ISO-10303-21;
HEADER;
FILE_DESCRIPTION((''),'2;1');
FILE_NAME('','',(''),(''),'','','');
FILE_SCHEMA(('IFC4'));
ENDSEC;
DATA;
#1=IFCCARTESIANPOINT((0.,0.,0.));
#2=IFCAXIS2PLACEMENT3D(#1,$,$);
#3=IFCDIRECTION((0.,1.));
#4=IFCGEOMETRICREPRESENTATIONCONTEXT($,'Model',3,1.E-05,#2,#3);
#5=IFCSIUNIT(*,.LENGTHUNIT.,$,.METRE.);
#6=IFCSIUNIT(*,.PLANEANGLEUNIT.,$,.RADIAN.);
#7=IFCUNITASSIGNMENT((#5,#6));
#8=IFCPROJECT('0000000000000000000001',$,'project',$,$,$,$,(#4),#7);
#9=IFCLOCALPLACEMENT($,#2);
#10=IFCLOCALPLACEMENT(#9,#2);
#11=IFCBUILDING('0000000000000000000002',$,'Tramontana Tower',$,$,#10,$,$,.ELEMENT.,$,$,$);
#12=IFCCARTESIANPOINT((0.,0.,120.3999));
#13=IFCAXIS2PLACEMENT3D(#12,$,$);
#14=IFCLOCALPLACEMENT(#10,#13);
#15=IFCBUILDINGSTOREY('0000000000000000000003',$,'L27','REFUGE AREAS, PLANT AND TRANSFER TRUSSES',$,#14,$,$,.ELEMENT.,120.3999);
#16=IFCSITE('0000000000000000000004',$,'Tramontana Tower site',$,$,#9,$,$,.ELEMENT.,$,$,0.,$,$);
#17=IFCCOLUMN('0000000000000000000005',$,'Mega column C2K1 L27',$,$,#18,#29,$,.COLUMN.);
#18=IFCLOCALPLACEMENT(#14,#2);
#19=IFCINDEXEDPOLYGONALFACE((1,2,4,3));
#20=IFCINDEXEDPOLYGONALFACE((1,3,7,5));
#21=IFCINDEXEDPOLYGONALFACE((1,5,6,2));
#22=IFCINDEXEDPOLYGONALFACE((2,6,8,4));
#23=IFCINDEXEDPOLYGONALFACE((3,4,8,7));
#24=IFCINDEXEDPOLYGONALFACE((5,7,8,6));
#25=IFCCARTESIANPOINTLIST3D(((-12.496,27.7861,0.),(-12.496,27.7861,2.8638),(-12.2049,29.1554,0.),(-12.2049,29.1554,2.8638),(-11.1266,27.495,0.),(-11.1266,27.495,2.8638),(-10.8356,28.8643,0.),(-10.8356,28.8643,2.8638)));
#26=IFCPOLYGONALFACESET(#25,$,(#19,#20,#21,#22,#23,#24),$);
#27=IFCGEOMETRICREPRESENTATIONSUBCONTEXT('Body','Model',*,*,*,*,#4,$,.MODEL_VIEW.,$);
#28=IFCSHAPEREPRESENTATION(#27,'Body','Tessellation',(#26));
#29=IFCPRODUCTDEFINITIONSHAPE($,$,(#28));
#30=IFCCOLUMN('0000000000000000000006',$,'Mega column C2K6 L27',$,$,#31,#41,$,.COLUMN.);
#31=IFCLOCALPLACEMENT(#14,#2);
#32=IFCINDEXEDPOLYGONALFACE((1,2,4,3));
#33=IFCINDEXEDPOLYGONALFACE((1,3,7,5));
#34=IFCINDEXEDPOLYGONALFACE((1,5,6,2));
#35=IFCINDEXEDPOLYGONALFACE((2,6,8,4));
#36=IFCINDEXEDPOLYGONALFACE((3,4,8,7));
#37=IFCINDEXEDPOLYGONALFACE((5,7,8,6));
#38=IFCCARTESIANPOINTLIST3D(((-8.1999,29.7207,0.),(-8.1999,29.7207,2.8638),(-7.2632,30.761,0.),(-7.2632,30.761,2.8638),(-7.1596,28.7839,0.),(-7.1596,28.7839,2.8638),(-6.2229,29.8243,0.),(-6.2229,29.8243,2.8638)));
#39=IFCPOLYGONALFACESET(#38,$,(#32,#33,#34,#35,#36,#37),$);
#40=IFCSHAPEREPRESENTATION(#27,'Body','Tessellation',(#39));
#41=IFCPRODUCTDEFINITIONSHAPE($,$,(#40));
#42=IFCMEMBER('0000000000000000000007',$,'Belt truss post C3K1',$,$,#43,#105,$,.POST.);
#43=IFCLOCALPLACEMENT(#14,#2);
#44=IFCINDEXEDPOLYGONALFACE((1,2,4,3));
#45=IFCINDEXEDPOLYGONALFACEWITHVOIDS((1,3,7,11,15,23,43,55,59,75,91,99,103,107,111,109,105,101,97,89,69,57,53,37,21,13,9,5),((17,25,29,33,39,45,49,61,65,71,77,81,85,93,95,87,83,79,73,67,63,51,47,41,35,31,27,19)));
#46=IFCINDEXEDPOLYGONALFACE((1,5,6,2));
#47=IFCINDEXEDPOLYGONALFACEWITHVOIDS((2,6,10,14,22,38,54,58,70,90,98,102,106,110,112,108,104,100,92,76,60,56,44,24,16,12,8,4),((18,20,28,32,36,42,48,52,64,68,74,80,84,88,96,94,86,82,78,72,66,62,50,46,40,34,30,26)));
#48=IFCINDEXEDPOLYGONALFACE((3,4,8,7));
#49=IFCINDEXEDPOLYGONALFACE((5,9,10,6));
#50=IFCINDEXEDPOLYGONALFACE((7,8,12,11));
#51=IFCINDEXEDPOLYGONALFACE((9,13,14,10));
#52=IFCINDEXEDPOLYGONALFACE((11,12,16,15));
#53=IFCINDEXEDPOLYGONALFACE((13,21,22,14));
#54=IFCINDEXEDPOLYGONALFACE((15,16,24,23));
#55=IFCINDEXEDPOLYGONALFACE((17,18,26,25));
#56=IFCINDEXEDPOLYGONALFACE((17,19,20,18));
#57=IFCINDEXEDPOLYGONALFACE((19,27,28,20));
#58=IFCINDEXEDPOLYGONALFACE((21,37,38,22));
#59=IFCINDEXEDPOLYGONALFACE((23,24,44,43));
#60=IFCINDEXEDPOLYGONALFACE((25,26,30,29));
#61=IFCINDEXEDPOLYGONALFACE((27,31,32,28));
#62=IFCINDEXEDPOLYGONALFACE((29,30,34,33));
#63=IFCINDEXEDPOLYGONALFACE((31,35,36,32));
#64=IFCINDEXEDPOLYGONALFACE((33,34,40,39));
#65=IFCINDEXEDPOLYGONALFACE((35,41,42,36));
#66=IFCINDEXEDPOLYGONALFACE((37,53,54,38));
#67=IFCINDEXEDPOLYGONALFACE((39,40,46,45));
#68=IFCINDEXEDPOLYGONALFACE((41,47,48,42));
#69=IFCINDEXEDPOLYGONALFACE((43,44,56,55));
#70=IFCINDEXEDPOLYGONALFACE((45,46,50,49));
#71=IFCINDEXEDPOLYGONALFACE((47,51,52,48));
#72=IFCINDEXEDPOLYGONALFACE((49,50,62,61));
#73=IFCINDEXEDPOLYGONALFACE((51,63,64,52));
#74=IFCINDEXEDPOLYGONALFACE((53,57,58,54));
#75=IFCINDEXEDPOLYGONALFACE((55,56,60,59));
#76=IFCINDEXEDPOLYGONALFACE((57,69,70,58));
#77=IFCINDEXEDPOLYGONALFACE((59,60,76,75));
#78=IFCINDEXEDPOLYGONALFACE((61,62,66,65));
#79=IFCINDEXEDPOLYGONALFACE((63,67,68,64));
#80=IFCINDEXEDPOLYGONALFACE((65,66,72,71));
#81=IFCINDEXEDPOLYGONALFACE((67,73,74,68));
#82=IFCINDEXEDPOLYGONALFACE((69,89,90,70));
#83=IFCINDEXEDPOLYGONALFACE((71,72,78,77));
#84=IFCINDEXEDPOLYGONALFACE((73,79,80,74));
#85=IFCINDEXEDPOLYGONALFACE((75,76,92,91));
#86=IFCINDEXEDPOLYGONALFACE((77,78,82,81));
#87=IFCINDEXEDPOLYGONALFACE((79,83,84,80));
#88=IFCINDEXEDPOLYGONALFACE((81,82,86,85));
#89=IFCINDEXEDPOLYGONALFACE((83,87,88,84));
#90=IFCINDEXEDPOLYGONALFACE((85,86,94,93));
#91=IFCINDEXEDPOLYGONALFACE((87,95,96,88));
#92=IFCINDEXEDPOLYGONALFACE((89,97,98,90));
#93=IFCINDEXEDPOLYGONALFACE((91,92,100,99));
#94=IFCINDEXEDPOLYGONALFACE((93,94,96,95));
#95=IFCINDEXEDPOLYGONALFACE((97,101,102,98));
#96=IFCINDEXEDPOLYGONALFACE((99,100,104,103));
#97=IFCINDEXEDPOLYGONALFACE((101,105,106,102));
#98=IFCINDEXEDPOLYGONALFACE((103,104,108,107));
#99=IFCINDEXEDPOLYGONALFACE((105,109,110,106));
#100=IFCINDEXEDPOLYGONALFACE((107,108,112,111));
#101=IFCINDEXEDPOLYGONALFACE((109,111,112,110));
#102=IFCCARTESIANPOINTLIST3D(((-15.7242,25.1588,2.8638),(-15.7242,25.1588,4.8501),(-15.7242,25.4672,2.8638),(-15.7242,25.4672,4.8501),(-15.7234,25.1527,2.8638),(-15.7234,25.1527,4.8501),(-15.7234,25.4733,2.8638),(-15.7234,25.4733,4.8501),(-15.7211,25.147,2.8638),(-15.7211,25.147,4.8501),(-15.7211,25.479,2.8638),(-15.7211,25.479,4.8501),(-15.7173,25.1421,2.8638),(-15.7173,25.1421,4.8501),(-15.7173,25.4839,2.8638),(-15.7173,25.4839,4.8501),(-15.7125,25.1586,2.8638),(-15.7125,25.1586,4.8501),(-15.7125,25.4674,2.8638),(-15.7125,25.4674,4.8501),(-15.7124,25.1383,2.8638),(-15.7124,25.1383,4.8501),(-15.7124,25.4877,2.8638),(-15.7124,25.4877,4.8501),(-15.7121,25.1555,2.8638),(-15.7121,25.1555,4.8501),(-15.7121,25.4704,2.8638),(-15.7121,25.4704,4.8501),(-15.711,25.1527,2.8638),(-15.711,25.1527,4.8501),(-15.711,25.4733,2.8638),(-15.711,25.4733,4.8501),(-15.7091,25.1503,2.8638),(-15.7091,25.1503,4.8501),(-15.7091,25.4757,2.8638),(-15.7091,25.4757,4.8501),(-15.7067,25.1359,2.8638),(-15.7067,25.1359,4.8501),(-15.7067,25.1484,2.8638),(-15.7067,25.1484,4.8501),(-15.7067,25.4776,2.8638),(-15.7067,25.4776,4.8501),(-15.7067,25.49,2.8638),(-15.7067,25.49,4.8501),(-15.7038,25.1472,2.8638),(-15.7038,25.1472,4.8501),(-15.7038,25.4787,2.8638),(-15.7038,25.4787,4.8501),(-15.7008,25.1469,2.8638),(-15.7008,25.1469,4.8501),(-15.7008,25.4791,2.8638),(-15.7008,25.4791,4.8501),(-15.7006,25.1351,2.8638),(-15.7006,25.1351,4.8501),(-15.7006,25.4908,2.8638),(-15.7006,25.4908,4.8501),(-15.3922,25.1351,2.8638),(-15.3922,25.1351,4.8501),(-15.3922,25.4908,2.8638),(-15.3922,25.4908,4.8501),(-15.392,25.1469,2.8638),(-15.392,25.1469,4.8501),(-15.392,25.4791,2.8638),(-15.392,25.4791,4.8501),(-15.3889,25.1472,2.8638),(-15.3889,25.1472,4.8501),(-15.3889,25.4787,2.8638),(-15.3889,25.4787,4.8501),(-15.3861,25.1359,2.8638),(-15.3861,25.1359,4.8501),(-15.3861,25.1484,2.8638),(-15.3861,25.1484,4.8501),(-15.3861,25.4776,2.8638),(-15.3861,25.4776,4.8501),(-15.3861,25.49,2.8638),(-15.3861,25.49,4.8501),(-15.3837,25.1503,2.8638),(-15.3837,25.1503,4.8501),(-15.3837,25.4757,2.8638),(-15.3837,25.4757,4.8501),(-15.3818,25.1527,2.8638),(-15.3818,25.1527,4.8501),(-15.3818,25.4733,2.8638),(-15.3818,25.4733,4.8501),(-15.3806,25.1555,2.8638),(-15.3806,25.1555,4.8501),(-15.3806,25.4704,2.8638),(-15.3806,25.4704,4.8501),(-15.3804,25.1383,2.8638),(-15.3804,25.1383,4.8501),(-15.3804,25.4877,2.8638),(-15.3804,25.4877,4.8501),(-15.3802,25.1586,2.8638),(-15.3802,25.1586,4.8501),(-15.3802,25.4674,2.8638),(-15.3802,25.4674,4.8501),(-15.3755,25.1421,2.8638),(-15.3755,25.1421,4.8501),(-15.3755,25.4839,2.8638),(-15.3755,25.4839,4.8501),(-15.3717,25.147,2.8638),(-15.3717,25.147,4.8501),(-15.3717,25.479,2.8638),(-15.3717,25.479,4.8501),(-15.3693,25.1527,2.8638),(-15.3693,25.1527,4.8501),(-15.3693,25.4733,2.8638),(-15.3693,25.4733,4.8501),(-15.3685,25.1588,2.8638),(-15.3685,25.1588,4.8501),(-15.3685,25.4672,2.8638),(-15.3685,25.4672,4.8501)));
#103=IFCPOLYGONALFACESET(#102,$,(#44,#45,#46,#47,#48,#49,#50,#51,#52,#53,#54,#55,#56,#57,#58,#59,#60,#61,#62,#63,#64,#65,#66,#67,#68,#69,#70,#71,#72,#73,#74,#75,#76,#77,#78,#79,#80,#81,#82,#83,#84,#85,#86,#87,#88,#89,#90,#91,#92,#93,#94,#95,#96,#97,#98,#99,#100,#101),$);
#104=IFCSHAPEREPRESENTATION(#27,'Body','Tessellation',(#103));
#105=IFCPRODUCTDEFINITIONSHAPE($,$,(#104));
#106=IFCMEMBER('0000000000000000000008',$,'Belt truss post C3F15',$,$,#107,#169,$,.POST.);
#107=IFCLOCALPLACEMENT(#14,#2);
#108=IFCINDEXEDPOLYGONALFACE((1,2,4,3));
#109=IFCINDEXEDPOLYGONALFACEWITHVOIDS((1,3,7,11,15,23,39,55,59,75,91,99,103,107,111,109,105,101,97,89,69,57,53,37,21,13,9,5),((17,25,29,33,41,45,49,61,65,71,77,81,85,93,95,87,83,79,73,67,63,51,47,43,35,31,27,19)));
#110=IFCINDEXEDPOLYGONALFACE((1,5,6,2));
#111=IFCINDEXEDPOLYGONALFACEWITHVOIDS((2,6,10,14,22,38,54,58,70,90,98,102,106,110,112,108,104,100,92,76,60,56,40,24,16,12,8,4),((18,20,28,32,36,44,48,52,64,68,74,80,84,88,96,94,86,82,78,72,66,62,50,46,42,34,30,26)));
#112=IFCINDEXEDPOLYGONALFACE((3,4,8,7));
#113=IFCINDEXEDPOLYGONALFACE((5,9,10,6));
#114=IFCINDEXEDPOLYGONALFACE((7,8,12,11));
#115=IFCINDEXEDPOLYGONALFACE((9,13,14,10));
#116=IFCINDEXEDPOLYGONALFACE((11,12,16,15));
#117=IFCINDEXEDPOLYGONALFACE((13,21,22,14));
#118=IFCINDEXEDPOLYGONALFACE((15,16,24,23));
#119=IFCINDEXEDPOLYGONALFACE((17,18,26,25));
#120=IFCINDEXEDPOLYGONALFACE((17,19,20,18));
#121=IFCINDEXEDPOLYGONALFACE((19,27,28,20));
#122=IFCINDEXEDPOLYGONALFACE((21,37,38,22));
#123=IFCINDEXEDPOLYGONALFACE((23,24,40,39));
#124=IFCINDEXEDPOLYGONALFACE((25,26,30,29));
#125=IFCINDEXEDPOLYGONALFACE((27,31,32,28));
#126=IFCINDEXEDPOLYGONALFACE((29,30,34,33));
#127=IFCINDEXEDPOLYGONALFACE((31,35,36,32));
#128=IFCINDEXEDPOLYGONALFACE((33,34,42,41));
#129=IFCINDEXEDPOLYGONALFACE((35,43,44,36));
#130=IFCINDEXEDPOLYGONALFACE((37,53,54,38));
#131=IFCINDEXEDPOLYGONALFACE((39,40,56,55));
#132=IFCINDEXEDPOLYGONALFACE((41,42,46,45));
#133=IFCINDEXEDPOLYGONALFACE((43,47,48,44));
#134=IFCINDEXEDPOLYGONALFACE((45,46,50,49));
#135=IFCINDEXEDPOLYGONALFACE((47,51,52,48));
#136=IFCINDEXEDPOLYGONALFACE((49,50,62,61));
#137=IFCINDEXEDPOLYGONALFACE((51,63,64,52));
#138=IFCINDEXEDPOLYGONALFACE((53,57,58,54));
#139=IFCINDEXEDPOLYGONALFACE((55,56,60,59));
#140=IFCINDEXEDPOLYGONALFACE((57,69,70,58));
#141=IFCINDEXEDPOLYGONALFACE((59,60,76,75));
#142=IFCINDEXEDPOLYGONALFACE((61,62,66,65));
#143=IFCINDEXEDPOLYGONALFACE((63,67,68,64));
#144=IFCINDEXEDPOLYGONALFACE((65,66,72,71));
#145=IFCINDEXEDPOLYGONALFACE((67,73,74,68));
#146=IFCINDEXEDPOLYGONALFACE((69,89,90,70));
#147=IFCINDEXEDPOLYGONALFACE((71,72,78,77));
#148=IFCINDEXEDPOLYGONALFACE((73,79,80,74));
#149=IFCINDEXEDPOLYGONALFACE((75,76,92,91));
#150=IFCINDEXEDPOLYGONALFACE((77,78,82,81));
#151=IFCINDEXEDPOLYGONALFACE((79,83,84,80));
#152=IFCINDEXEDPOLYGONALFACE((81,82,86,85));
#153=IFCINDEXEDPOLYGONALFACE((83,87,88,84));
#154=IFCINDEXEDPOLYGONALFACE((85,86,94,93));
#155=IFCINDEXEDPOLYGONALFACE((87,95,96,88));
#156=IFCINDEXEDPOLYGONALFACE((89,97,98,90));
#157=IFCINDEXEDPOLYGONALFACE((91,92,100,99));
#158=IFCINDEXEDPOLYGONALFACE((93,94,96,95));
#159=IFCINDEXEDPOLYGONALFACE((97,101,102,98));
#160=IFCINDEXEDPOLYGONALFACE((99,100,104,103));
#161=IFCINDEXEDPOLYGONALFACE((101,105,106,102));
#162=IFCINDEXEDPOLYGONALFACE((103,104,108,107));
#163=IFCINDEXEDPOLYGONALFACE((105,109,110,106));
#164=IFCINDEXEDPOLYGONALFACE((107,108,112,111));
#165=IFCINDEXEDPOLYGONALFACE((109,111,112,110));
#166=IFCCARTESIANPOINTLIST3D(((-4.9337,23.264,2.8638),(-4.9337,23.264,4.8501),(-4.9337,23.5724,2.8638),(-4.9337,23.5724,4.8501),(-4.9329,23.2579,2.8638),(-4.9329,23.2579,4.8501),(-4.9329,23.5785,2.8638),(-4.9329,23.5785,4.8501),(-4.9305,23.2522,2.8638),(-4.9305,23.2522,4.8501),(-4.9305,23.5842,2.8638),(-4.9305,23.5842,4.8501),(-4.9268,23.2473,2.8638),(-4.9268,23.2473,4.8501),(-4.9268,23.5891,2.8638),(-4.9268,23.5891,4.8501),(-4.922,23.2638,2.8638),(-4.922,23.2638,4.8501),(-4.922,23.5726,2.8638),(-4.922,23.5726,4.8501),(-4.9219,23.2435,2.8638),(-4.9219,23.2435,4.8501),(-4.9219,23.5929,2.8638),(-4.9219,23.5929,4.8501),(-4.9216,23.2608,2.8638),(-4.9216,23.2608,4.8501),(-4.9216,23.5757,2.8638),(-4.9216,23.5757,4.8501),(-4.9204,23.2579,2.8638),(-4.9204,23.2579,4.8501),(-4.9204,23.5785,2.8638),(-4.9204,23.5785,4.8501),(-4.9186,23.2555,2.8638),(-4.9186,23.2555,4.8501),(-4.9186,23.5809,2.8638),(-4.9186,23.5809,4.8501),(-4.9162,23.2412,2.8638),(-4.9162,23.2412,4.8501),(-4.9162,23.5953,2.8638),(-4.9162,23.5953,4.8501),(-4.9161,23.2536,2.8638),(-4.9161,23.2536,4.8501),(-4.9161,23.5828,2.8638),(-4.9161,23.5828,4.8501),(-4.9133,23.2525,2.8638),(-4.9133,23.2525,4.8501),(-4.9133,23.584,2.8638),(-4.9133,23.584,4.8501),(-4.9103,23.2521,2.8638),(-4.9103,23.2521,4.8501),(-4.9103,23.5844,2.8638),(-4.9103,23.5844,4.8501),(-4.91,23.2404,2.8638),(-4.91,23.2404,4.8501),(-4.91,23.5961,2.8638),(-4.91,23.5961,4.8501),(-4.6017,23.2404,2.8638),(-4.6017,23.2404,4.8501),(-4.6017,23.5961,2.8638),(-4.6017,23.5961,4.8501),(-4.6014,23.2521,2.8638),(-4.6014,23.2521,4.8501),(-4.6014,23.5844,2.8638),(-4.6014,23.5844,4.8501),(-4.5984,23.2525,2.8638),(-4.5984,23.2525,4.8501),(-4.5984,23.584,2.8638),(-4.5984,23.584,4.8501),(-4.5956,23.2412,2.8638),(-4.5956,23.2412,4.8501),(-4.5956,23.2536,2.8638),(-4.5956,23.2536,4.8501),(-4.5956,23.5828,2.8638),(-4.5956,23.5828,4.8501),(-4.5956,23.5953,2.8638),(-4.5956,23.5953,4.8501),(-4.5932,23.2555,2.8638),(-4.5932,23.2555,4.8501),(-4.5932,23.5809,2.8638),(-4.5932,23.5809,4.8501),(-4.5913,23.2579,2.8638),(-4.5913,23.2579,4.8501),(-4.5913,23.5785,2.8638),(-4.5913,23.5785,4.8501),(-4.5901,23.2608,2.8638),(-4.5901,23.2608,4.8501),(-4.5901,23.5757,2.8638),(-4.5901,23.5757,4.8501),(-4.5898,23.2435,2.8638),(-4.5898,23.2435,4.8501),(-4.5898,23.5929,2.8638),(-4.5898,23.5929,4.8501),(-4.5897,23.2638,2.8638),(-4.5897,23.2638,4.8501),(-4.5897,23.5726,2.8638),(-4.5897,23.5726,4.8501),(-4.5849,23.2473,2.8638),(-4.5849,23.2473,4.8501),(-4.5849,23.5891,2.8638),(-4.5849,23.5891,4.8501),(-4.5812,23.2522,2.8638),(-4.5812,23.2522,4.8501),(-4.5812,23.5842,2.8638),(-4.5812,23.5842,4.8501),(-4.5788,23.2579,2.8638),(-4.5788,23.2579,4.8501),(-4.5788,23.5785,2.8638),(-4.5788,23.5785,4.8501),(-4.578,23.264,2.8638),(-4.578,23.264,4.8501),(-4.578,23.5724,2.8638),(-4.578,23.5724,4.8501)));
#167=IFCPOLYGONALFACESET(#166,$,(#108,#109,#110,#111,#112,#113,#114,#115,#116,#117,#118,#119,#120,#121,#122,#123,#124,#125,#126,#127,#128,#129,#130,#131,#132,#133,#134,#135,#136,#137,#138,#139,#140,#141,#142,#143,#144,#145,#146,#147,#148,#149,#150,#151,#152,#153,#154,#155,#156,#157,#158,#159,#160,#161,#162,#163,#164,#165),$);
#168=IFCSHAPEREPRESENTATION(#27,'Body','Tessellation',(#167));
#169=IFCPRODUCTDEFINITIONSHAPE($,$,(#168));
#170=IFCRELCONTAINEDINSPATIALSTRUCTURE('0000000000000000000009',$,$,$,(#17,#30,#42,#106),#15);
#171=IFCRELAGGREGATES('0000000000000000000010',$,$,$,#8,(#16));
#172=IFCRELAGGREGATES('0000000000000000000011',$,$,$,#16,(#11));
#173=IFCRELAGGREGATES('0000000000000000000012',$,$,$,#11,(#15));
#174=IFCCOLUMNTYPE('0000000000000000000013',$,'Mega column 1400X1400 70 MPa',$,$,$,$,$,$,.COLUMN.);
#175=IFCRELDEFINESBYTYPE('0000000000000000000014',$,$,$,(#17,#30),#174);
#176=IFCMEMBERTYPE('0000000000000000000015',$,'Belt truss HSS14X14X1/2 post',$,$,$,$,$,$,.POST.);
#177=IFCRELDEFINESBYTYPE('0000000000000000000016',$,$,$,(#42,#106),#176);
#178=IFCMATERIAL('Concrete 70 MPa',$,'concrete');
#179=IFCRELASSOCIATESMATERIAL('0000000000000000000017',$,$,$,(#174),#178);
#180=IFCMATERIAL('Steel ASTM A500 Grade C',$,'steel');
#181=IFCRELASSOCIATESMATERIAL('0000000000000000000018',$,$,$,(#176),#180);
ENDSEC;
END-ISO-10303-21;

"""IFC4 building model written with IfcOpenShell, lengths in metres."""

from ifc_helpers import new_model, si_unit, direction, frame, origin, origin_2d, place, context, subcontext, project, spatial, rectangle, hollow_rectangle, extrude, material, material_profile, profile_set, type_object, element, save


model = new_model("IFC4")

# Units and contexts
model_context = context("Model", 3, precision=1e-05, world=origin(), true_north=direction((0.0, 1.0)))
body_context = subcontext(model_context, "Body", "Model", "MODEL_VIEW")
ifc_project = project(units=[si_unit("LENGTHUNIT", "METRE"), si_unit("PLANEANGLEUNIT", "RADIAN")], contexts=[model_context])

# Site, building, storey
site_placement = place(None, origin())
site = spatial("IfcSite", under=ifc_project, at=site_placement, Name="Tramontana Tower site", CompositionType="ELEMENT", RefElevation=0.0)
building_placement = place(site_placement, origin())
building = spatial("IfcBuilding", under=site, at=building_placement, Name="Tramontana Tower", CompositionType="ELEMENT")
storey_placement = place(building_placement, frame((0.0, 0.0, 120.3999)))
storey = spatial("IfcBuildingStorey", under=building, at=storey_placement, Name="L27", Description="REFUGE AREAS, PLANT AND TRANSFER TRUSSES", CompositionType="ELEMENT", Elevation=120.3999)

# Columns
ifc_material_1 = material(Name="Concrete 70 MPa", Category="concrete")
ifc_material_profile_1 = material_profile(ifc_material_1, rectangle(XDim=1.3999, YDim=1.3999, at=origin_2d()), Name="Mega column 1400X1400 70 MPa")
ifc_profile_set_1 = profile_set([ifc_material_profile_1], Name="Concrete 70 MPa")
column_type = type_object("IfcColumnType", Name="Mega column 1400X1400 70 MPa", PredefinedType="COLUMN", material=ifc_profile_set_1)
for number, where, z_axis, x_axis, name in (
    (1, (-11.6658, 28.3252, 0.0), (0.0, 0.0, 1.0), (-0.207912, -0.978148, 0.0), "Mega column C2K1 L27"),
    (2, (-7.2114, 29.7725, 0.0), (0.0, 0.0, 1.0), (-0.743145, 0.669131, 0.0), "Mega column C2K6 L27"),
):
    element("IfcColumn", number, at=place(storey_placement, frame(where, z_axis=z_axis, x_axis=x_axis)), inside=storey, type_object=column_type, Name=name, PredefinedType="COLUMN", context=body_context, shape_type="SweptSolid", body=[
        extrude(rectangle(XDim=1.3999, YDim=1.3999, at=origin_2d()), origin(), (0.0, 0.0, 1.0), 2.8638),
    ])

# Members
ifc_material_2 = material(Name="Steel ASTM A500 Grade C", Category="steel")
ifc_material_profile_2 = material_profile(ifc_material_2, hollow_rectangle(XDim=0.3557, YDim=0.3557, WallThickness=0.0117, InnerFilletRadius=0.0117, OuterFilletRadius=0.0237, at=origin_2d()), Name="HSS14X14X1/2")
ifc_profile_set_2 = profile_set([ifc_material_profile_2], Name="Steel ASTM A500 Grade C")
member_type_1 = type_object("IfcMemberType", Name="Belt truss HSS14X14X1/2 post", PredefinedType="POST", material=ifc_profile_set_2)
for number, where, z_axis, x_axis, name in (
    (3, (-15.5464, 25.313, 2.8638), (0.0, 0.0, 1.0), (1.0, 0.0, 0.0), "Belt truss post C3K1"),
    (4, (-4.7559, 23.4182, 2.8638), (0.0, 0.0, 1.0), (1.0, 0.0, 0.0), "Belt truss post C3F15"),
):
    element("IfcMember", number, at=place(storey_placement, frame(where, z_axis=z_axis, x_axis=x_axis)), inside=storey, type_object=member_type_1, Name=name, PredefinedType="POST", context=body_context, shape_type="SweptSolid", body=[
        extrude(hollow_rectangle(XDim=0.3557, YDim=0.3557, WallThickness=0.0117, InnerFilletRadius=0.0117, OuterFilletRadius=0.0237, at=origin_2d()), origin(), (0.0, 0.0, 1.0), 1.9863),
    ])

save(model, "model.ifc")
